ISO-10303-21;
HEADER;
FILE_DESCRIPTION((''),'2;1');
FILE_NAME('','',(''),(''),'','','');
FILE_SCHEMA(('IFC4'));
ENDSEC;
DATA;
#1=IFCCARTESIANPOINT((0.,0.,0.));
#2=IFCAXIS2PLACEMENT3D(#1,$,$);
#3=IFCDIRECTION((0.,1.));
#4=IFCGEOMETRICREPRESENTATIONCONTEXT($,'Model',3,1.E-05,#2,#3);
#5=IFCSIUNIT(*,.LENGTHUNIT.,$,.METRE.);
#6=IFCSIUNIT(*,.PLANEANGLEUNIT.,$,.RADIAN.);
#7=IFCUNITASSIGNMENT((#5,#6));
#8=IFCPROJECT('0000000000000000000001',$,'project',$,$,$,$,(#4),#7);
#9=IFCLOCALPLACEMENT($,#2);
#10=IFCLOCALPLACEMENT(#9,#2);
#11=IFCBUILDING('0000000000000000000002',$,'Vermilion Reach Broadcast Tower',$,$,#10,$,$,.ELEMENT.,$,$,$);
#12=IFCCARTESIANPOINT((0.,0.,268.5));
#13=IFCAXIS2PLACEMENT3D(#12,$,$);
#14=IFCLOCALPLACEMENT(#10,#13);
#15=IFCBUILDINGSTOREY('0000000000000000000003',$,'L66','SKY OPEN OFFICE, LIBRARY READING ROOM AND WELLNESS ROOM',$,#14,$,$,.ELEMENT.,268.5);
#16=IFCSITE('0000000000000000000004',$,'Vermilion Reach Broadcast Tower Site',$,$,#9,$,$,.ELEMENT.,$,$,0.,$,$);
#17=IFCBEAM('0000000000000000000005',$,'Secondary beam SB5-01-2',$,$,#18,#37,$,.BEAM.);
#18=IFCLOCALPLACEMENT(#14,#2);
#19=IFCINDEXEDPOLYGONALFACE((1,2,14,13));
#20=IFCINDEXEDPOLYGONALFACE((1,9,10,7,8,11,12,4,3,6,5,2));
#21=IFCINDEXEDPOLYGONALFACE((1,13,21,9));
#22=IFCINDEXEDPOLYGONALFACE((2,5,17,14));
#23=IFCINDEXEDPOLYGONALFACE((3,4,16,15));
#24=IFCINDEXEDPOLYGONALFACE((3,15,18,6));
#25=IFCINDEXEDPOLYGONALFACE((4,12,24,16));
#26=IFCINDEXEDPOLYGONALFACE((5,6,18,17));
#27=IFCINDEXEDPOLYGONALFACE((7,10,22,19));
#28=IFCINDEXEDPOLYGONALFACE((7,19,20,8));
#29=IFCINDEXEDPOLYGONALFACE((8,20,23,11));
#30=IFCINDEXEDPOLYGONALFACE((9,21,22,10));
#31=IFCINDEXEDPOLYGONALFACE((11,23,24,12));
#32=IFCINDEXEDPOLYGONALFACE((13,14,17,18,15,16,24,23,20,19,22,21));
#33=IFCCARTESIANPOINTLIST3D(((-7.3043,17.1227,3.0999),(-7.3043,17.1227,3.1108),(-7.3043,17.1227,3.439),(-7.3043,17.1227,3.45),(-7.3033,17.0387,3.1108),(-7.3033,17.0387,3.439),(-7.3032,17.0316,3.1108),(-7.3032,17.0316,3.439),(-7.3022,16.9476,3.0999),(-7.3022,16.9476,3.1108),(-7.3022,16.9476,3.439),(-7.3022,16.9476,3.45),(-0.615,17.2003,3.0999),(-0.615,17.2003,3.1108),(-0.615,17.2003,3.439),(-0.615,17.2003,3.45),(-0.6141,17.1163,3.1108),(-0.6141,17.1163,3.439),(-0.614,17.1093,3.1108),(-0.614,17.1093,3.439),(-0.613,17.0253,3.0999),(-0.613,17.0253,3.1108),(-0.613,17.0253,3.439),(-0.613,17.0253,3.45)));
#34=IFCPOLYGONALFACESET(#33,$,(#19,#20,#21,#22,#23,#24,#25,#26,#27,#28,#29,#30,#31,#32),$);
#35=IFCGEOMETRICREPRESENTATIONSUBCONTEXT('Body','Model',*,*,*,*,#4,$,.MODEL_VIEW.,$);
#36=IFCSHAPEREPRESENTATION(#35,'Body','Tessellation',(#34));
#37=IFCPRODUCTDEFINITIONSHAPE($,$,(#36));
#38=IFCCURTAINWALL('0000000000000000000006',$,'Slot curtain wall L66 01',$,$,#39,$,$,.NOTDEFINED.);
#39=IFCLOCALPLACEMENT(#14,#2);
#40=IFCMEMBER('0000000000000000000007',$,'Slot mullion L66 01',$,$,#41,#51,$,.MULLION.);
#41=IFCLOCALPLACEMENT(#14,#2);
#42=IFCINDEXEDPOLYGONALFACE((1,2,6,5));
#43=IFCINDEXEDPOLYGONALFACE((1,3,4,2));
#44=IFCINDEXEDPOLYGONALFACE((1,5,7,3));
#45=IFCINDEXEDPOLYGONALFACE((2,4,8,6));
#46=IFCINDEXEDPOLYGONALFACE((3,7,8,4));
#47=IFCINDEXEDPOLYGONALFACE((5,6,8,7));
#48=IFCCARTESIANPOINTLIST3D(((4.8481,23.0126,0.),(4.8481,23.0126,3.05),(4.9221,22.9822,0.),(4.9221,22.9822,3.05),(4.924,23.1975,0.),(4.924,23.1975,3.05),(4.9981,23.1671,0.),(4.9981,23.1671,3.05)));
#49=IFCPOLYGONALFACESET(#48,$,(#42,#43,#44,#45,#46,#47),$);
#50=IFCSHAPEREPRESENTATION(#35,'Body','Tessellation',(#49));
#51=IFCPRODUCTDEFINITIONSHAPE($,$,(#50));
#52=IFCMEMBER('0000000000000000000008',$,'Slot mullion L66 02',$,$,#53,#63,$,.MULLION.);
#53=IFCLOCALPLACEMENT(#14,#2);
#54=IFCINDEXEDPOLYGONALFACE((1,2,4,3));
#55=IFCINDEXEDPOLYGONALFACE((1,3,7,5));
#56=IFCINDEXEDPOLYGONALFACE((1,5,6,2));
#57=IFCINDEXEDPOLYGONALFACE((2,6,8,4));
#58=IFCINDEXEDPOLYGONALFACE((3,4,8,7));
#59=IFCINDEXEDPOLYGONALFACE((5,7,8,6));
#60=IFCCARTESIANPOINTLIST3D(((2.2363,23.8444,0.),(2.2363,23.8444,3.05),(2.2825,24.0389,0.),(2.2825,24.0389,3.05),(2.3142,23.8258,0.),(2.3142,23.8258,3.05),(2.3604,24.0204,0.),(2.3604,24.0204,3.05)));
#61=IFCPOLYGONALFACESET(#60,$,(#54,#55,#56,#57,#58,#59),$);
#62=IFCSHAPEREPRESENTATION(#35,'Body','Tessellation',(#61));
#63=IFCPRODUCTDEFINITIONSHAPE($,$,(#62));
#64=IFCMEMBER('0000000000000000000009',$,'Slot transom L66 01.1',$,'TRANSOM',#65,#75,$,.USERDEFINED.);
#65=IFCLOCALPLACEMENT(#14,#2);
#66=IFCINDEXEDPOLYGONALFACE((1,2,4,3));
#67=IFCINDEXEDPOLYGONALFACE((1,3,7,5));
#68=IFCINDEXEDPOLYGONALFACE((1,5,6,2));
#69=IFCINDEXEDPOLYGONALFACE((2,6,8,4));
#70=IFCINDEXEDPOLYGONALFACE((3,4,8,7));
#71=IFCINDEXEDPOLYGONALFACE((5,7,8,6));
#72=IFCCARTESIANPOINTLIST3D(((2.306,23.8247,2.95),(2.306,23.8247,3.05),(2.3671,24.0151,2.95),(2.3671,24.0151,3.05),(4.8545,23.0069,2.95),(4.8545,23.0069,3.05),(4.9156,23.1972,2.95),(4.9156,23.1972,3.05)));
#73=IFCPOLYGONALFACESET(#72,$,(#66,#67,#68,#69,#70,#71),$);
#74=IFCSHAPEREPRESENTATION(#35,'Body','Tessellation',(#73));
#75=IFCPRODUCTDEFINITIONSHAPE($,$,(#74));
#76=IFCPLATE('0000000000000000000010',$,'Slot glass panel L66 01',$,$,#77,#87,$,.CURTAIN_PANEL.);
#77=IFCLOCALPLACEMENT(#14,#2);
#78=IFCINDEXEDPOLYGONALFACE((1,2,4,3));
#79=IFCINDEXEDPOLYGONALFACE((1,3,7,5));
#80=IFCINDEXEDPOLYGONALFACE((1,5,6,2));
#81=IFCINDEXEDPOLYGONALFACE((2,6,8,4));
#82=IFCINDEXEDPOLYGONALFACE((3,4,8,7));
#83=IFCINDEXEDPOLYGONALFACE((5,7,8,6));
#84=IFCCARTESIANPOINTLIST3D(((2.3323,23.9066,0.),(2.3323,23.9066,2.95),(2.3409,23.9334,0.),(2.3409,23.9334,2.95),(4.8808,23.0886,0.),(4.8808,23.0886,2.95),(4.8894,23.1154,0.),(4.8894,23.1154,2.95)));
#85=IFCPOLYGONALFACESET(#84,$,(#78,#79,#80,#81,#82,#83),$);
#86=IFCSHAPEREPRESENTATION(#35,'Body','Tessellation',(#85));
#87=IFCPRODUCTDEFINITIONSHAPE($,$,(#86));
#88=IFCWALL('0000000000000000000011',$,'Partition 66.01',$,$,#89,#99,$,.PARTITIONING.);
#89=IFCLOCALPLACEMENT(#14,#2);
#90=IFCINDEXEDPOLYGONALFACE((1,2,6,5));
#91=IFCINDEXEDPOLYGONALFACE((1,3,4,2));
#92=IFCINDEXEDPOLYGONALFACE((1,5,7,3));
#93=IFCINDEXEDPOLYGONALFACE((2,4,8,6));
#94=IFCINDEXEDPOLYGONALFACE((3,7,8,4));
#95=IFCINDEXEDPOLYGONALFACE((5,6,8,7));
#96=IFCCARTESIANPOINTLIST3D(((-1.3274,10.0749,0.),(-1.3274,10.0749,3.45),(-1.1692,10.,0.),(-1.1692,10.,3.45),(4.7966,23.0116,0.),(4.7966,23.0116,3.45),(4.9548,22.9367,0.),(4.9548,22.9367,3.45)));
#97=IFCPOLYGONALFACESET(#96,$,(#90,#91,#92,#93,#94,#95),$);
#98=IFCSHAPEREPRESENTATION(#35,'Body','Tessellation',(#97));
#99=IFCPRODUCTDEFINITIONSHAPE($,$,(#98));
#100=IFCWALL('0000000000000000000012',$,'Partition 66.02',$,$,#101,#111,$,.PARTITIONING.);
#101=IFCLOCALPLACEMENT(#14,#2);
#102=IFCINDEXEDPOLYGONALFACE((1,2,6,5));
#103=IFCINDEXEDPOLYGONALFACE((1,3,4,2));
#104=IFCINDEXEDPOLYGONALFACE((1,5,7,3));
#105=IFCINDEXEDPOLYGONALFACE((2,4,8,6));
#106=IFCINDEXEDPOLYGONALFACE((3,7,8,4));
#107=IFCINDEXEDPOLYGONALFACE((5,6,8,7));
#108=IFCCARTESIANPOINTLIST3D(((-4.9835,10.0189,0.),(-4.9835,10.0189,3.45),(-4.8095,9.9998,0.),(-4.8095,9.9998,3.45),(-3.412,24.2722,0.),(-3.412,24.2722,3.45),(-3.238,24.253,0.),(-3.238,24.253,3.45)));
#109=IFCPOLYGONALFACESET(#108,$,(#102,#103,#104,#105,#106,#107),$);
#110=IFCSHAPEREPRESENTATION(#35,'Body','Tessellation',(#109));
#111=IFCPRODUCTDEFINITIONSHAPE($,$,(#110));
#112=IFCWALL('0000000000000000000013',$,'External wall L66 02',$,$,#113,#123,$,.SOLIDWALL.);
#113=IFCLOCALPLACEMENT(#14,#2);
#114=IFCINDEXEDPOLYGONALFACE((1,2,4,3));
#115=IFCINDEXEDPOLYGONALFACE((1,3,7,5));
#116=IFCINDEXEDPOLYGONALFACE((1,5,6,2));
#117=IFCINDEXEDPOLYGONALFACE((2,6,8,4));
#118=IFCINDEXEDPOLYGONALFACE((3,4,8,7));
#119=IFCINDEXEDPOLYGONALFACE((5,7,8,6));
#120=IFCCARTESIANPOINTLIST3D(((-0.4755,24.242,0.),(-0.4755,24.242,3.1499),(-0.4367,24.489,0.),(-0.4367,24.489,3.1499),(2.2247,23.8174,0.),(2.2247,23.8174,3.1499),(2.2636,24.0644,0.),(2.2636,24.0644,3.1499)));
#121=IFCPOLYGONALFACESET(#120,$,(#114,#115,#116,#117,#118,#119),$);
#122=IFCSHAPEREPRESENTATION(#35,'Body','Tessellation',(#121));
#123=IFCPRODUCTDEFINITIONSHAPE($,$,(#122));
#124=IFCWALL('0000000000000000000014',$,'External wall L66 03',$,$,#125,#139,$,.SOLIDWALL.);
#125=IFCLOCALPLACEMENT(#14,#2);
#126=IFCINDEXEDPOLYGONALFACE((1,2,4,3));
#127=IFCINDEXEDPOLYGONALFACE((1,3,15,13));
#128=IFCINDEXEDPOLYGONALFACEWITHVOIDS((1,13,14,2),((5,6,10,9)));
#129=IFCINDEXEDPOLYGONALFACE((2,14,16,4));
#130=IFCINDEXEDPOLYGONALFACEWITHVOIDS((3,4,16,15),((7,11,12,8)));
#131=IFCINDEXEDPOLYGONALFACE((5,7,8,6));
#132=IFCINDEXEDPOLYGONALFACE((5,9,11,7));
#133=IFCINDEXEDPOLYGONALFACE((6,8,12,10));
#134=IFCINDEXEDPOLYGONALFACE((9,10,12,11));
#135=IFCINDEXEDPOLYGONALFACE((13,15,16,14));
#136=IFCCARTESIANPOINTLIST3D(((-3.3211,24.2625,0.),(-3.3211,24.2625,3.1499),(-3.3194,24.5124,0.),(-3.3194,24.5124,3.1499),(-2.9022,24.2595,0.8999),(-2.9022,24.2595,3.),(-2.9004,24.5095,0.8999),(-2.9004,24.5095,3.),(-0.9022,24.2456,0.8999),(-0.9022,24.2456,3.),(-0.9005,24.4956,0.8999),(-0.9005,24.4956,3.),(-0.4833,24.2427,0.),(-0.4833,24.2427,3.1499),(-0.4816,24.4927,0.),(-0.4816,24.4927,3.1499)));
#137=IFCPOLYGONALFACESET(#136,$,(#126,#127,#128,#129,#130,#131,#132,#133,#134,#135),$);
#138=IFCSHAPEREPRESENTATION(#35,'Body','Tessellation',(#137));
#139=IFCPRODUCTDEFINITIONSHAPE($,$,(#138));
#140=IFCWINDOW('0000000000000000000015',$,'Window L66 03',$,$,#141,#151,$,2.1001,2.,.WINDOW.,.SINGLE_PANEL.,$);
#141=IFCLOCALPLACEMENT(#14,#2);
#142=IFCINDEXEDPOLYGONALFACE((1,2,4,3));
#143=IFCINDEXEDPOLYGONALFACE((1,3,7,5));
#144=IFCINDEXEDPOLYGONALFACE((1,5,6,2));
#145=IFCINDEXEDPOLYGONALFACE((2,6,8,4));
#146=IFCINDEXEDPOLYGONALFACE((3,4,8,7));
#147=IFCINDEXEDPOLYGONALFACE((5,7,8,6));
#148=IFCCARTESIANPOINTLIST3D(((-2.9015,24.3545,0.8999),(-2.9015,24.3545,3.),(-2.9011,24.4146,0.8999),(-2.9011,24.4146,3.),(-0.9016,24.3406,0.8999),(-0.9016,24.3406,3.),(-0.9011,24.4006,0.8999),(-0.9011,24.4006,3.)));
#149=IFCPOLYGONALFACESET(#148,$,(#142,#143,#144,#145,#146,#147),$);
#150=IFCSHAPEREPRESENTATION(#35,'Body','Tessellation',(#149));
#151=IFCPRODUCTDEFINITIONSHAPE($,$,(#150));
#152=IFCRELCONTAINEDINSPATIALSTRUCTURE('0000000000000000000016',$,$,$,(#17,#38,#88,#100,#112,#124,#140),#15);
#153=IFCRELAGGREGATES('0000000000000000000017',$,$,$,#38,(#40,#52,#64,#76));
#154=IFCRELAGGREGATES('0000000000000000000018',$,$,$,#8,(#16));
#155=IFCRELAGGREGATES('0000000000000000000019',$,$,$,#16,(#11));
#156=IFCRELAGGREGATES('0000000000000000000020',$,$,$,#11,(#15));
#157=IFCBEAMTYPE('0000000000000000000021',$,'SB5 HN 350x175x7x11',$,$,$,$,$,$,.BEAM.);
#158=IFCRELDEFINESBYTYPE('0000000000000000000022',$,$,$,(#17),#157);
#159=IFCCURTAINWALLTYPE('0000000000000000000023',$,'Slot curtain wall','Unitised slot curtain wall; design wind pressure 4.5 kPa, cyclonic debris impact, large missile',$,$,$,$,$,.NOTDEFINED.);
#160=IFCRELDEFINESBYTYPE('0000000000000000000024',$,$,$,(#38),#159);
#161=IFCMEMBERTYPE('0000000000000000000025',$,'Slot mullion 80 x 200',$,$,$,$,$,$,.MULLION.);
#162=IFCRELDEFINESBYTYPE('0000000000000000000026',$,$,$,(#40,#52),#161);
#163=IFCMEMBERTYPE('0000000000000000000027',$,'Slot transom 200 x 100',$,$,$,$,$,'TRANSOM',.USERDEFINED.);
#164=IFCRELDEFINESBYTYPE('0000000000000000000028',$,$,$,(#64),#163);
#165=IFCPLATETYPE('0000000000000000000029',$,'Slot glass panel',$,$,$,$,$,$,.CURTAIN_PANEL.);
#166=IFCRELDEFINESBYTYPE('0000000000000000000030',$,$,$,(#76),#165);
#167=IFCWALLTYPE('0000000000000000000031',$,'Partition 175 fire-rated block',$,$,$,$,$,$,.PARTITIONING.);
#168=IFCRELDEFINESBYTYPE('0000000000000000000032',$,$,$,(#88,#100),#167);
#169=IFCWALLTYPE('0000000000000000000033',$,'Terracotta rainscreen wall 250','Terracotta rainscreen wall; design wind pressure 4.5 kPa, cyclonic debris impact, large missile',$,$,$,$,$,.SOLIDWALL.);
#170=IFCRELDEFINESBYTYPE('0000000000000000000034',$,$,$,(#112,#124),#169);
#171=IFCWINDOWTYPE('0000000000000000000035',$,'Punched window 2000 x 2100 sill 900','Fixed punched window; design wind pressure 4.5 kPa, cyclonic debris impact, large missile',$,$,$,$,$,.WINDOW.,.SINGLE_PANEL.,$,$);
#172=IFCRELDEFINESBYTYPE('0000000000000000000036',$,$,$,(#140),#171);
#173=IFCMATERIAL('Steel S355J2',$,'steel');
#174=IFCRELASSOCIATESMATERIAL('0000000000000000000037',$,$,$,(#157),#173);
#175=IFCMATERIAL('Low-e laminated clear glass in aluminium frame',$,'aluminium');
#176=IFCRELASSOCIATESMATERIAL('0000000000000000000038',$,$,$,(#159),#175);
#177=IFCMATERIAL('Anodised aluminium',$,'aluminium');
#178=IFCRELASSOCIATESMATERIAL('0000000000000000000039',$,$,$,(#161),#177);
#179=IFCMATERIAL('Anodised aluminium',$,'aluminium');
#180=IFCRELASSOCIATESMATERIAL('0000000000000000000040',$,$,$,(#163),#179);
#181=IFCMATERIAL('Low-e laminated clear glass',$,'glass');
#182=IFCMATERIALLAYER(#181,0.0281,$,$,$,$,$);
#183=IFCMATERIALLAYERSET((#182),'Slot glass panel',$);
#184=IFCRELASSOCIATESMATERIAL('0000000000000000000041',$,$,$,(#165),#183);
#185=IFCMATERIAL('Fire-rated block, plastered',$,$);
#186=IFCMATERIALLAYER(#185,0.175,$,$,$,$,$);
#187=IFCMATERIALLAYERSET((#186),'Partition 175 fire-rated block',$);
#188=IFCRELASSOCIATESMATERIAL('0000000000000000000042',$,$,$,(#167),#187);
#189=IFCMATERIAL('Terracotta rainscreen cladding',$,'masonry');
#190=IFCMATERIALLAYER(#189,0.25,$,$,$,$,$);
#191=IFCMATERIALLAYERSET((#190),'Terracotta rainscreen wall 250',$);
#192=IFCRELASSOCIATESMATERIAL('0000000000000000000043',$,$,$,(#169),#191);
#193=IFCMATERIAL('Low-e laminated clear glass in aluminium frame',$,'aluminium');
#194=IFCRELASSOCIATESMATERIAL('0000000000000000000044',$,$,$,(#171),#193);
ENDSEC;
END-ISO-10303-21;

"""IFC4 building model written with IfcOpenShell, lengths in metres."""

from ifc_helpers import new_model, si_unit, direction, frame, frame_2d, origin, origin_2d, place, context, subcontext, project, spatial, rectangle, i_section, extrude, material, layer, layer_set, material_profile, profile_set, type_object, element, fill, aggregate, save


model = new_model("IFC4")

# Units and contexts
model_context = context("Model", 3, precision=1e-05, world=origin(), true_north=direction((0.0, 1.0)))
body_context = subcontext(model_context, "Body", "Model", "MODEL_VIEW")
ifc_project = project(units=[si_unit("LENGTHUNIT", "METRE"), si_unit("PLANEANGLEUNIT", "RADIAN")], contexts=[model_context])

# Site, building, storey
site_placement = place(None, origin())
site = spatial("IfcSite", under=ifc_project, at=site_placement, Name="Vermilion Reach Broadcast Tower Site", CompositionType="ELEMENT", RefElevation=0.0)
building_placement = place(site_placement, origin())
building = spatial("IfcBuilding", under=site, at=building_placement, Name="Vermilion Reach Broadcast Tower", CompositionType="ELEMENT")
storey_placement = place(building_placement, frame((0.0, 0.0, 268.5)))
storey = spatial("IfcBuildingStorey", under=building, at=storey_placement, Name="L66", Description="SKY OPEN OFFICE, LIBRARY READING ROOM AND WELLNESS ROOM", CompositionType="ELEMENT", Elevation=268.5)

# Beam
ifc_material_1 = material(Name="Steel S355J2", Category="steel")
ifc_material_profile_1 = material_profile(ifc_material_1, i_section(OverallWidth=0.175, OverallDepth=0.3501, WebThickness=0.0071, FlangeThickness=0.011, at=origin_2d()), Name="S355J2 HN 350x175x7x11")
ifc_profile_set_1 = profile_set([ifc_material_profile_1], Name="Steel S355J2")
beam_type_1 = type_object("IfcBeamType", Name="SB5 HN 350x175x7x11", PredefinedType="BEAM", material=ifc_profile_set_1)
beam_1_placement = place(storey_placement, frame((-0.614, 17.1128, 3.2749), z_axis=(-0.999933, -0.011605, 0.0), x_axis=(0.011605, -0.999933, 0.0)))
element("IfcBeam", 1, at=beam_1_placement, inside=storey, type_object=beam_type_1, Name="Secondary beam SB5-01-2", PredefinedType="BEAM", context=body_context, shape_type="SweptSolid", body=[
    extrude(i_section(OverallWidth=0.175, OverallDepth=0.3501, WebThickness=0.0071, FlangeThickness=0.011, at=origin_2d()), origin(), (0.0, 0.0, 1.0), 6.6897),
])

# Curtain wall, members, plate
ifc_material_2 = material(Name="Low-e laminated clear glass in aluminium frame", Category="aluminium")
curtain_wall_type = type_object("IfcCurtainWallType", Name="Slot curtain wall", Description="Unitised slot curtain wall; design wind pressure 4.5 kPa, cyclonic debris impact, large missile", PredefinedType="NOTDEFINED", material=ifc_material_2)
curtain_wall_placement = place(storey_placement, origin())
curtain_wall = element("IfcCurtainWall", 2, at=curtain_wall_placement, inside=storey, type_object=curtain_wall_type, Name="Slot curtain wall L66 01", PredefinedType="NOTDEFINED")
ifc_material_3 = material(Name="Anodised aluminium", Category="aluminium")
ifc_material_profile_2 = material_profile(ifc_material_3, rectangle(XDim=0.2, YDim=0.0801, at=origin_2d()), Name="Slot mullion 80 x 200")
ifc_profile_set_2 = profile_set([ifc_material_profile_2], Name="Anodised aluminium")
member_type_1 = type_object("IfcMemberType", Name="Slot mullion 80 x 200", PredefinedType="MULLION", material=ifc_profile_set_2)
member_1_placement = place(storey_placement, frame((4.9231, 23.0898, 0.0), z_axis=(0.0, 0.0, 1.0), x_axis=(-0.379958, -0.925004, 0.0)))
member_1 = element("IfcMember", 3, at=member_1_placement, type_object=member_type_1, Name="Slot mullion L66 01", PredefinedType="MULLION", context=body_context, shape_type="SweptSolid", body=[
    extrude(rectangle(XDim=0.2, YDim=0.0801, at=origin_2d()), origin(), (0.0, 0.0, 1.0), 3.05),
])
member_2_placement = place(storey_placement, frame((2.2983, 23.9324, 0.0), z_axis=(0.0, 0.0, 1.0), x_axis=(-0.231179, -0.972911, 0.0)))
member_2 = element("IfcMember", 4, at=member_2_placement, type_object=member_type_1, Name="Slot mullion L66 02", PredefinedType="MULLION", context=body_context, shape_type="SweptSolid", body=[
    extrude(rectangle(XDim=0.2, YDim=0.0801, at=origin_2d()), origin(), (0.0, 0.0, 1.0), 3.05),
])
ifc_material_4 = material(Name="Anodised aluminium", Category="aluminium")
ifc_material_profile_3 = material_profile(ifc_material_4, rectangle(XDim=0.2, YDim=0.1001, at=origin_2d()), Name="Slot transom 200 x 100")
ifc_profile_set_3 = profile_set([ifc_material_profile_3], Name="Anodised aluminium")
member_type_2 = type_object("IfcMemberType", Name="Slot transom 200 x 100", ElementType="TRANSOM", PredefinedType="USERDEFINED", material=ifc_profile_set_3)
member_3_placement = place(storey_placement, frame((4.885, 23.1021, 3.0), z_axis=(-0.952172, 0.305563, 0.0), x_axis=(-0.305563, -0.952172, 0.0)))
member_3 = element("IfcMember", 5, at=member_3_placement, type_object=member_type_2, Name="Slot transom L66 01.1", ObjectType="TRANSOM", PredefinedType="USERDEFINED", context=body_context, shape_type="SweptSolid", body=[
    extrude(rectangle(XDim=0.2, YDim=0.1001, at=origin_2d()), origin(), (0.0, 0.0, 1.0), 2.6765),
])
ifc_material_5 = material(Name="Low-e laminated clear glass", Category="glass")
ifc_layer_1 = layer(ifc_material_5, 0.0281)
ifc_layer_set_1 = layer_set([ifc_layer_1], Name="Slot glass panel")
plate_type = type_object("IfcPlateType", Name="Slot glass panel", PredefinedType="CURTAIN_PANEL", material=ifc_layer_set_1)
plate_placement = place(storey_placement, frame((3.6108, 23.511, 0.0), z_axis=(0.0, 0.0, 1.0), x_axis=(-0.952154, 0.305619, 0.0)))
plate = element("IfcPlate", 6, at=plate_placement, type_object=plate_type, Name="Slot glass panel L66 01", PredefinedType="CURTAIN_PANEL", context=body_context, shape_type="SweptSolid", body=[
    extrude(rectangle(XDim=2.6765, YDim=0.0281, at=origin_2d()), origin(), (0.0, 0.0, 1.0), 2.95),
])
aggregate(curtain_wall, [member_1, member_2, member_3, plate])

# Walls
ifc_material_6 = material(Name="Fire-rated block, plastered")
ifc_layer_2 = layer(ifc_material_6, 0.175)
ifc_layer_set_2 = layer_set([ifc_layer_2], Name="Partition 175 fire-rated block")
wall_type_1 = type_object("IfcWallType", Name="Partition 175 fire-rated block", PredefinedType="PARTITIONING", material=ifc_layer_set_2)
wall_1_placement = place(storey_placement, frame((4.8757, 22.9741, 0.0), z_axis=(0.0, 0.0, 1.0), x_axis=(-0.427863, -0.903844, 0.0)))
element("IfcWall", 7, at=wall_1_placement, inside=storey, type_object=wall_type_1, Name="Partition 66.01", PredefinedType="PARTITIONING", context=body_context, shape_type="SweptSolid", body=[
    extrude(rectangle(XDim=14.313, YDim=0.175, at=frame_2d((7.1565, 0.0))), origin(), (0.0, 0.0, 1.0), 3.45),
])
wall_2_placement = place(storey_placement, frame((-3.325, 24.2627, 0.0), z_axis=(0.0, 0.0, 1.0), x_axis=(-0.109594, -0.993976, 0.0)))
element("IfcWall", 8, at=wall_2_placement, inside=storey, type_object=wall_type_1, Name="Partition 66.02", PredefinedType="PARTITIONING", context=body_context, shape_type="SweptSolid", body=[
    extrude(rectangle(XDim=14.3396, YDim=0.175, at=frame_2d((7.1699, 0.0))), origin(), (0.0, 0.0, 1.0), 3.45),
])
ifc_material_7 = material(Name="Terracotta rainscreen cladding", Category="masonry")
ifc_layer_3 = layer(ifc_material_7, 0.25)
ifc_layer_set_3 = layer_set([ifc_layer_3], Name="Terracotta rainscreen wall 250")
wall_type_2 = type_object("IfcWallType", Name="Terracotta rainscreen wall 250", Description="Terracotta rainscreen wall; design wind pressure 4.5 kPa, cyclonic debris impact, large missile", PredefinedType="SOLIDWALL", material=ifc_layer_set_3)
wall_3_placement = place(storey_placement, frame((2.2441, 23.9409, 0.0), z_axis=(0.0, 0.0, 1.0), x_axis=(-0.987863, 0.155325, 0.0)))
element("IfcWall", 9, at=wall_3_placement, inside=storey, type_object=wall_type_2, Name="External wall L66 02", PredefinedType="SOLIDWALL", context=body_context, shape_type="SweptSolid", body=[
    extrude(rectangle(XDim=2.7334, YDim=0.25, at=frame_2d((1.3667, 0.0))), origin(), (0.0, 0.0, 1.0), 3.1499),
])

# Wall, opening, window
wall_4_placement = place(storey_placement, frame((-0.4824, 24.3677, 0.0), z_axis=(0.0, 0.0, 1.0), x_axis=(-0.999976, 0.006968, 0.0)))
wall_4 = element("IfcWall", 10, at=wall_4_placement, inside=storey, type_object=wall_type_2, Name="External wall L66 03", PredefinedType="SOLIDWALL", context=body_context, shape_type="SweptSolid", body=[
    extrude(rectangle(XDim=2.8379, YDim=0.25, at=frame_2d((1.4189, 0.0))), origin(), (0.0, 0.0, 1.0), 3.1499),
])
opening_1_placement = place(wall_4_placement, frame((0.4189, 0.0, 0.8999)))
opening_1 = element("IfcOpeningElement", 11, at=opening_1_placement, cuts=wall_4, PredefinedType="OPENING", context=body_context, shape_type="SweptSolid", body=[
    extrude(rectangle(XDim=2.0, YDim=2.1001, at=frame_2d((1.0, 1.05))), frame((0.0, 0.135, 0.0), z_axis=(0.0, -1.0, 0.0), x_axis=(1.0, 0.0, 0.0)), (0.0, 0.0, 1.0), 0.27),
])
ifc_material_8 = material(Name="Low-e laminated clear glass in aluminium frame", Category="aluminium")
window_type = type_object("IfcWindowType", Name="Punched window 2000 x 2100 sill 900", Description="Fixed punched window; design wind pressure 4.5 kPa, cyclonic debris impact, large missile", PartitioningType="SINGLE_PANEL", PredefinedType="WINDOW", material=ifc_material_8)
window_placement = place(opening_1_placement, origin())
window = element("IfcWindow", 12, at=window_placement, inside=storey, type_object=window_type, Name="Window L66 03", OverallHeight=2.1001, OverallWidth=2.0, PartitioningType="SINGLE_PANEL", PredefinedType="WINDOW", context=body_context, shape_type="SweptSolid", body=[
    extrude(rectangle(XDim=2.0, YDim=2.1001, at=frame_2d((1.0, 1.05))), frame((0.0, 0.03, 0.0), z_axis=(0.0, -1.0, 0.0), x_axis=(1.0, 0.0, 0.0)), (0.0, 0.0, 1.0), 0.0601),
])
fill(opening_1, window)

save(model, "model.ifc")
